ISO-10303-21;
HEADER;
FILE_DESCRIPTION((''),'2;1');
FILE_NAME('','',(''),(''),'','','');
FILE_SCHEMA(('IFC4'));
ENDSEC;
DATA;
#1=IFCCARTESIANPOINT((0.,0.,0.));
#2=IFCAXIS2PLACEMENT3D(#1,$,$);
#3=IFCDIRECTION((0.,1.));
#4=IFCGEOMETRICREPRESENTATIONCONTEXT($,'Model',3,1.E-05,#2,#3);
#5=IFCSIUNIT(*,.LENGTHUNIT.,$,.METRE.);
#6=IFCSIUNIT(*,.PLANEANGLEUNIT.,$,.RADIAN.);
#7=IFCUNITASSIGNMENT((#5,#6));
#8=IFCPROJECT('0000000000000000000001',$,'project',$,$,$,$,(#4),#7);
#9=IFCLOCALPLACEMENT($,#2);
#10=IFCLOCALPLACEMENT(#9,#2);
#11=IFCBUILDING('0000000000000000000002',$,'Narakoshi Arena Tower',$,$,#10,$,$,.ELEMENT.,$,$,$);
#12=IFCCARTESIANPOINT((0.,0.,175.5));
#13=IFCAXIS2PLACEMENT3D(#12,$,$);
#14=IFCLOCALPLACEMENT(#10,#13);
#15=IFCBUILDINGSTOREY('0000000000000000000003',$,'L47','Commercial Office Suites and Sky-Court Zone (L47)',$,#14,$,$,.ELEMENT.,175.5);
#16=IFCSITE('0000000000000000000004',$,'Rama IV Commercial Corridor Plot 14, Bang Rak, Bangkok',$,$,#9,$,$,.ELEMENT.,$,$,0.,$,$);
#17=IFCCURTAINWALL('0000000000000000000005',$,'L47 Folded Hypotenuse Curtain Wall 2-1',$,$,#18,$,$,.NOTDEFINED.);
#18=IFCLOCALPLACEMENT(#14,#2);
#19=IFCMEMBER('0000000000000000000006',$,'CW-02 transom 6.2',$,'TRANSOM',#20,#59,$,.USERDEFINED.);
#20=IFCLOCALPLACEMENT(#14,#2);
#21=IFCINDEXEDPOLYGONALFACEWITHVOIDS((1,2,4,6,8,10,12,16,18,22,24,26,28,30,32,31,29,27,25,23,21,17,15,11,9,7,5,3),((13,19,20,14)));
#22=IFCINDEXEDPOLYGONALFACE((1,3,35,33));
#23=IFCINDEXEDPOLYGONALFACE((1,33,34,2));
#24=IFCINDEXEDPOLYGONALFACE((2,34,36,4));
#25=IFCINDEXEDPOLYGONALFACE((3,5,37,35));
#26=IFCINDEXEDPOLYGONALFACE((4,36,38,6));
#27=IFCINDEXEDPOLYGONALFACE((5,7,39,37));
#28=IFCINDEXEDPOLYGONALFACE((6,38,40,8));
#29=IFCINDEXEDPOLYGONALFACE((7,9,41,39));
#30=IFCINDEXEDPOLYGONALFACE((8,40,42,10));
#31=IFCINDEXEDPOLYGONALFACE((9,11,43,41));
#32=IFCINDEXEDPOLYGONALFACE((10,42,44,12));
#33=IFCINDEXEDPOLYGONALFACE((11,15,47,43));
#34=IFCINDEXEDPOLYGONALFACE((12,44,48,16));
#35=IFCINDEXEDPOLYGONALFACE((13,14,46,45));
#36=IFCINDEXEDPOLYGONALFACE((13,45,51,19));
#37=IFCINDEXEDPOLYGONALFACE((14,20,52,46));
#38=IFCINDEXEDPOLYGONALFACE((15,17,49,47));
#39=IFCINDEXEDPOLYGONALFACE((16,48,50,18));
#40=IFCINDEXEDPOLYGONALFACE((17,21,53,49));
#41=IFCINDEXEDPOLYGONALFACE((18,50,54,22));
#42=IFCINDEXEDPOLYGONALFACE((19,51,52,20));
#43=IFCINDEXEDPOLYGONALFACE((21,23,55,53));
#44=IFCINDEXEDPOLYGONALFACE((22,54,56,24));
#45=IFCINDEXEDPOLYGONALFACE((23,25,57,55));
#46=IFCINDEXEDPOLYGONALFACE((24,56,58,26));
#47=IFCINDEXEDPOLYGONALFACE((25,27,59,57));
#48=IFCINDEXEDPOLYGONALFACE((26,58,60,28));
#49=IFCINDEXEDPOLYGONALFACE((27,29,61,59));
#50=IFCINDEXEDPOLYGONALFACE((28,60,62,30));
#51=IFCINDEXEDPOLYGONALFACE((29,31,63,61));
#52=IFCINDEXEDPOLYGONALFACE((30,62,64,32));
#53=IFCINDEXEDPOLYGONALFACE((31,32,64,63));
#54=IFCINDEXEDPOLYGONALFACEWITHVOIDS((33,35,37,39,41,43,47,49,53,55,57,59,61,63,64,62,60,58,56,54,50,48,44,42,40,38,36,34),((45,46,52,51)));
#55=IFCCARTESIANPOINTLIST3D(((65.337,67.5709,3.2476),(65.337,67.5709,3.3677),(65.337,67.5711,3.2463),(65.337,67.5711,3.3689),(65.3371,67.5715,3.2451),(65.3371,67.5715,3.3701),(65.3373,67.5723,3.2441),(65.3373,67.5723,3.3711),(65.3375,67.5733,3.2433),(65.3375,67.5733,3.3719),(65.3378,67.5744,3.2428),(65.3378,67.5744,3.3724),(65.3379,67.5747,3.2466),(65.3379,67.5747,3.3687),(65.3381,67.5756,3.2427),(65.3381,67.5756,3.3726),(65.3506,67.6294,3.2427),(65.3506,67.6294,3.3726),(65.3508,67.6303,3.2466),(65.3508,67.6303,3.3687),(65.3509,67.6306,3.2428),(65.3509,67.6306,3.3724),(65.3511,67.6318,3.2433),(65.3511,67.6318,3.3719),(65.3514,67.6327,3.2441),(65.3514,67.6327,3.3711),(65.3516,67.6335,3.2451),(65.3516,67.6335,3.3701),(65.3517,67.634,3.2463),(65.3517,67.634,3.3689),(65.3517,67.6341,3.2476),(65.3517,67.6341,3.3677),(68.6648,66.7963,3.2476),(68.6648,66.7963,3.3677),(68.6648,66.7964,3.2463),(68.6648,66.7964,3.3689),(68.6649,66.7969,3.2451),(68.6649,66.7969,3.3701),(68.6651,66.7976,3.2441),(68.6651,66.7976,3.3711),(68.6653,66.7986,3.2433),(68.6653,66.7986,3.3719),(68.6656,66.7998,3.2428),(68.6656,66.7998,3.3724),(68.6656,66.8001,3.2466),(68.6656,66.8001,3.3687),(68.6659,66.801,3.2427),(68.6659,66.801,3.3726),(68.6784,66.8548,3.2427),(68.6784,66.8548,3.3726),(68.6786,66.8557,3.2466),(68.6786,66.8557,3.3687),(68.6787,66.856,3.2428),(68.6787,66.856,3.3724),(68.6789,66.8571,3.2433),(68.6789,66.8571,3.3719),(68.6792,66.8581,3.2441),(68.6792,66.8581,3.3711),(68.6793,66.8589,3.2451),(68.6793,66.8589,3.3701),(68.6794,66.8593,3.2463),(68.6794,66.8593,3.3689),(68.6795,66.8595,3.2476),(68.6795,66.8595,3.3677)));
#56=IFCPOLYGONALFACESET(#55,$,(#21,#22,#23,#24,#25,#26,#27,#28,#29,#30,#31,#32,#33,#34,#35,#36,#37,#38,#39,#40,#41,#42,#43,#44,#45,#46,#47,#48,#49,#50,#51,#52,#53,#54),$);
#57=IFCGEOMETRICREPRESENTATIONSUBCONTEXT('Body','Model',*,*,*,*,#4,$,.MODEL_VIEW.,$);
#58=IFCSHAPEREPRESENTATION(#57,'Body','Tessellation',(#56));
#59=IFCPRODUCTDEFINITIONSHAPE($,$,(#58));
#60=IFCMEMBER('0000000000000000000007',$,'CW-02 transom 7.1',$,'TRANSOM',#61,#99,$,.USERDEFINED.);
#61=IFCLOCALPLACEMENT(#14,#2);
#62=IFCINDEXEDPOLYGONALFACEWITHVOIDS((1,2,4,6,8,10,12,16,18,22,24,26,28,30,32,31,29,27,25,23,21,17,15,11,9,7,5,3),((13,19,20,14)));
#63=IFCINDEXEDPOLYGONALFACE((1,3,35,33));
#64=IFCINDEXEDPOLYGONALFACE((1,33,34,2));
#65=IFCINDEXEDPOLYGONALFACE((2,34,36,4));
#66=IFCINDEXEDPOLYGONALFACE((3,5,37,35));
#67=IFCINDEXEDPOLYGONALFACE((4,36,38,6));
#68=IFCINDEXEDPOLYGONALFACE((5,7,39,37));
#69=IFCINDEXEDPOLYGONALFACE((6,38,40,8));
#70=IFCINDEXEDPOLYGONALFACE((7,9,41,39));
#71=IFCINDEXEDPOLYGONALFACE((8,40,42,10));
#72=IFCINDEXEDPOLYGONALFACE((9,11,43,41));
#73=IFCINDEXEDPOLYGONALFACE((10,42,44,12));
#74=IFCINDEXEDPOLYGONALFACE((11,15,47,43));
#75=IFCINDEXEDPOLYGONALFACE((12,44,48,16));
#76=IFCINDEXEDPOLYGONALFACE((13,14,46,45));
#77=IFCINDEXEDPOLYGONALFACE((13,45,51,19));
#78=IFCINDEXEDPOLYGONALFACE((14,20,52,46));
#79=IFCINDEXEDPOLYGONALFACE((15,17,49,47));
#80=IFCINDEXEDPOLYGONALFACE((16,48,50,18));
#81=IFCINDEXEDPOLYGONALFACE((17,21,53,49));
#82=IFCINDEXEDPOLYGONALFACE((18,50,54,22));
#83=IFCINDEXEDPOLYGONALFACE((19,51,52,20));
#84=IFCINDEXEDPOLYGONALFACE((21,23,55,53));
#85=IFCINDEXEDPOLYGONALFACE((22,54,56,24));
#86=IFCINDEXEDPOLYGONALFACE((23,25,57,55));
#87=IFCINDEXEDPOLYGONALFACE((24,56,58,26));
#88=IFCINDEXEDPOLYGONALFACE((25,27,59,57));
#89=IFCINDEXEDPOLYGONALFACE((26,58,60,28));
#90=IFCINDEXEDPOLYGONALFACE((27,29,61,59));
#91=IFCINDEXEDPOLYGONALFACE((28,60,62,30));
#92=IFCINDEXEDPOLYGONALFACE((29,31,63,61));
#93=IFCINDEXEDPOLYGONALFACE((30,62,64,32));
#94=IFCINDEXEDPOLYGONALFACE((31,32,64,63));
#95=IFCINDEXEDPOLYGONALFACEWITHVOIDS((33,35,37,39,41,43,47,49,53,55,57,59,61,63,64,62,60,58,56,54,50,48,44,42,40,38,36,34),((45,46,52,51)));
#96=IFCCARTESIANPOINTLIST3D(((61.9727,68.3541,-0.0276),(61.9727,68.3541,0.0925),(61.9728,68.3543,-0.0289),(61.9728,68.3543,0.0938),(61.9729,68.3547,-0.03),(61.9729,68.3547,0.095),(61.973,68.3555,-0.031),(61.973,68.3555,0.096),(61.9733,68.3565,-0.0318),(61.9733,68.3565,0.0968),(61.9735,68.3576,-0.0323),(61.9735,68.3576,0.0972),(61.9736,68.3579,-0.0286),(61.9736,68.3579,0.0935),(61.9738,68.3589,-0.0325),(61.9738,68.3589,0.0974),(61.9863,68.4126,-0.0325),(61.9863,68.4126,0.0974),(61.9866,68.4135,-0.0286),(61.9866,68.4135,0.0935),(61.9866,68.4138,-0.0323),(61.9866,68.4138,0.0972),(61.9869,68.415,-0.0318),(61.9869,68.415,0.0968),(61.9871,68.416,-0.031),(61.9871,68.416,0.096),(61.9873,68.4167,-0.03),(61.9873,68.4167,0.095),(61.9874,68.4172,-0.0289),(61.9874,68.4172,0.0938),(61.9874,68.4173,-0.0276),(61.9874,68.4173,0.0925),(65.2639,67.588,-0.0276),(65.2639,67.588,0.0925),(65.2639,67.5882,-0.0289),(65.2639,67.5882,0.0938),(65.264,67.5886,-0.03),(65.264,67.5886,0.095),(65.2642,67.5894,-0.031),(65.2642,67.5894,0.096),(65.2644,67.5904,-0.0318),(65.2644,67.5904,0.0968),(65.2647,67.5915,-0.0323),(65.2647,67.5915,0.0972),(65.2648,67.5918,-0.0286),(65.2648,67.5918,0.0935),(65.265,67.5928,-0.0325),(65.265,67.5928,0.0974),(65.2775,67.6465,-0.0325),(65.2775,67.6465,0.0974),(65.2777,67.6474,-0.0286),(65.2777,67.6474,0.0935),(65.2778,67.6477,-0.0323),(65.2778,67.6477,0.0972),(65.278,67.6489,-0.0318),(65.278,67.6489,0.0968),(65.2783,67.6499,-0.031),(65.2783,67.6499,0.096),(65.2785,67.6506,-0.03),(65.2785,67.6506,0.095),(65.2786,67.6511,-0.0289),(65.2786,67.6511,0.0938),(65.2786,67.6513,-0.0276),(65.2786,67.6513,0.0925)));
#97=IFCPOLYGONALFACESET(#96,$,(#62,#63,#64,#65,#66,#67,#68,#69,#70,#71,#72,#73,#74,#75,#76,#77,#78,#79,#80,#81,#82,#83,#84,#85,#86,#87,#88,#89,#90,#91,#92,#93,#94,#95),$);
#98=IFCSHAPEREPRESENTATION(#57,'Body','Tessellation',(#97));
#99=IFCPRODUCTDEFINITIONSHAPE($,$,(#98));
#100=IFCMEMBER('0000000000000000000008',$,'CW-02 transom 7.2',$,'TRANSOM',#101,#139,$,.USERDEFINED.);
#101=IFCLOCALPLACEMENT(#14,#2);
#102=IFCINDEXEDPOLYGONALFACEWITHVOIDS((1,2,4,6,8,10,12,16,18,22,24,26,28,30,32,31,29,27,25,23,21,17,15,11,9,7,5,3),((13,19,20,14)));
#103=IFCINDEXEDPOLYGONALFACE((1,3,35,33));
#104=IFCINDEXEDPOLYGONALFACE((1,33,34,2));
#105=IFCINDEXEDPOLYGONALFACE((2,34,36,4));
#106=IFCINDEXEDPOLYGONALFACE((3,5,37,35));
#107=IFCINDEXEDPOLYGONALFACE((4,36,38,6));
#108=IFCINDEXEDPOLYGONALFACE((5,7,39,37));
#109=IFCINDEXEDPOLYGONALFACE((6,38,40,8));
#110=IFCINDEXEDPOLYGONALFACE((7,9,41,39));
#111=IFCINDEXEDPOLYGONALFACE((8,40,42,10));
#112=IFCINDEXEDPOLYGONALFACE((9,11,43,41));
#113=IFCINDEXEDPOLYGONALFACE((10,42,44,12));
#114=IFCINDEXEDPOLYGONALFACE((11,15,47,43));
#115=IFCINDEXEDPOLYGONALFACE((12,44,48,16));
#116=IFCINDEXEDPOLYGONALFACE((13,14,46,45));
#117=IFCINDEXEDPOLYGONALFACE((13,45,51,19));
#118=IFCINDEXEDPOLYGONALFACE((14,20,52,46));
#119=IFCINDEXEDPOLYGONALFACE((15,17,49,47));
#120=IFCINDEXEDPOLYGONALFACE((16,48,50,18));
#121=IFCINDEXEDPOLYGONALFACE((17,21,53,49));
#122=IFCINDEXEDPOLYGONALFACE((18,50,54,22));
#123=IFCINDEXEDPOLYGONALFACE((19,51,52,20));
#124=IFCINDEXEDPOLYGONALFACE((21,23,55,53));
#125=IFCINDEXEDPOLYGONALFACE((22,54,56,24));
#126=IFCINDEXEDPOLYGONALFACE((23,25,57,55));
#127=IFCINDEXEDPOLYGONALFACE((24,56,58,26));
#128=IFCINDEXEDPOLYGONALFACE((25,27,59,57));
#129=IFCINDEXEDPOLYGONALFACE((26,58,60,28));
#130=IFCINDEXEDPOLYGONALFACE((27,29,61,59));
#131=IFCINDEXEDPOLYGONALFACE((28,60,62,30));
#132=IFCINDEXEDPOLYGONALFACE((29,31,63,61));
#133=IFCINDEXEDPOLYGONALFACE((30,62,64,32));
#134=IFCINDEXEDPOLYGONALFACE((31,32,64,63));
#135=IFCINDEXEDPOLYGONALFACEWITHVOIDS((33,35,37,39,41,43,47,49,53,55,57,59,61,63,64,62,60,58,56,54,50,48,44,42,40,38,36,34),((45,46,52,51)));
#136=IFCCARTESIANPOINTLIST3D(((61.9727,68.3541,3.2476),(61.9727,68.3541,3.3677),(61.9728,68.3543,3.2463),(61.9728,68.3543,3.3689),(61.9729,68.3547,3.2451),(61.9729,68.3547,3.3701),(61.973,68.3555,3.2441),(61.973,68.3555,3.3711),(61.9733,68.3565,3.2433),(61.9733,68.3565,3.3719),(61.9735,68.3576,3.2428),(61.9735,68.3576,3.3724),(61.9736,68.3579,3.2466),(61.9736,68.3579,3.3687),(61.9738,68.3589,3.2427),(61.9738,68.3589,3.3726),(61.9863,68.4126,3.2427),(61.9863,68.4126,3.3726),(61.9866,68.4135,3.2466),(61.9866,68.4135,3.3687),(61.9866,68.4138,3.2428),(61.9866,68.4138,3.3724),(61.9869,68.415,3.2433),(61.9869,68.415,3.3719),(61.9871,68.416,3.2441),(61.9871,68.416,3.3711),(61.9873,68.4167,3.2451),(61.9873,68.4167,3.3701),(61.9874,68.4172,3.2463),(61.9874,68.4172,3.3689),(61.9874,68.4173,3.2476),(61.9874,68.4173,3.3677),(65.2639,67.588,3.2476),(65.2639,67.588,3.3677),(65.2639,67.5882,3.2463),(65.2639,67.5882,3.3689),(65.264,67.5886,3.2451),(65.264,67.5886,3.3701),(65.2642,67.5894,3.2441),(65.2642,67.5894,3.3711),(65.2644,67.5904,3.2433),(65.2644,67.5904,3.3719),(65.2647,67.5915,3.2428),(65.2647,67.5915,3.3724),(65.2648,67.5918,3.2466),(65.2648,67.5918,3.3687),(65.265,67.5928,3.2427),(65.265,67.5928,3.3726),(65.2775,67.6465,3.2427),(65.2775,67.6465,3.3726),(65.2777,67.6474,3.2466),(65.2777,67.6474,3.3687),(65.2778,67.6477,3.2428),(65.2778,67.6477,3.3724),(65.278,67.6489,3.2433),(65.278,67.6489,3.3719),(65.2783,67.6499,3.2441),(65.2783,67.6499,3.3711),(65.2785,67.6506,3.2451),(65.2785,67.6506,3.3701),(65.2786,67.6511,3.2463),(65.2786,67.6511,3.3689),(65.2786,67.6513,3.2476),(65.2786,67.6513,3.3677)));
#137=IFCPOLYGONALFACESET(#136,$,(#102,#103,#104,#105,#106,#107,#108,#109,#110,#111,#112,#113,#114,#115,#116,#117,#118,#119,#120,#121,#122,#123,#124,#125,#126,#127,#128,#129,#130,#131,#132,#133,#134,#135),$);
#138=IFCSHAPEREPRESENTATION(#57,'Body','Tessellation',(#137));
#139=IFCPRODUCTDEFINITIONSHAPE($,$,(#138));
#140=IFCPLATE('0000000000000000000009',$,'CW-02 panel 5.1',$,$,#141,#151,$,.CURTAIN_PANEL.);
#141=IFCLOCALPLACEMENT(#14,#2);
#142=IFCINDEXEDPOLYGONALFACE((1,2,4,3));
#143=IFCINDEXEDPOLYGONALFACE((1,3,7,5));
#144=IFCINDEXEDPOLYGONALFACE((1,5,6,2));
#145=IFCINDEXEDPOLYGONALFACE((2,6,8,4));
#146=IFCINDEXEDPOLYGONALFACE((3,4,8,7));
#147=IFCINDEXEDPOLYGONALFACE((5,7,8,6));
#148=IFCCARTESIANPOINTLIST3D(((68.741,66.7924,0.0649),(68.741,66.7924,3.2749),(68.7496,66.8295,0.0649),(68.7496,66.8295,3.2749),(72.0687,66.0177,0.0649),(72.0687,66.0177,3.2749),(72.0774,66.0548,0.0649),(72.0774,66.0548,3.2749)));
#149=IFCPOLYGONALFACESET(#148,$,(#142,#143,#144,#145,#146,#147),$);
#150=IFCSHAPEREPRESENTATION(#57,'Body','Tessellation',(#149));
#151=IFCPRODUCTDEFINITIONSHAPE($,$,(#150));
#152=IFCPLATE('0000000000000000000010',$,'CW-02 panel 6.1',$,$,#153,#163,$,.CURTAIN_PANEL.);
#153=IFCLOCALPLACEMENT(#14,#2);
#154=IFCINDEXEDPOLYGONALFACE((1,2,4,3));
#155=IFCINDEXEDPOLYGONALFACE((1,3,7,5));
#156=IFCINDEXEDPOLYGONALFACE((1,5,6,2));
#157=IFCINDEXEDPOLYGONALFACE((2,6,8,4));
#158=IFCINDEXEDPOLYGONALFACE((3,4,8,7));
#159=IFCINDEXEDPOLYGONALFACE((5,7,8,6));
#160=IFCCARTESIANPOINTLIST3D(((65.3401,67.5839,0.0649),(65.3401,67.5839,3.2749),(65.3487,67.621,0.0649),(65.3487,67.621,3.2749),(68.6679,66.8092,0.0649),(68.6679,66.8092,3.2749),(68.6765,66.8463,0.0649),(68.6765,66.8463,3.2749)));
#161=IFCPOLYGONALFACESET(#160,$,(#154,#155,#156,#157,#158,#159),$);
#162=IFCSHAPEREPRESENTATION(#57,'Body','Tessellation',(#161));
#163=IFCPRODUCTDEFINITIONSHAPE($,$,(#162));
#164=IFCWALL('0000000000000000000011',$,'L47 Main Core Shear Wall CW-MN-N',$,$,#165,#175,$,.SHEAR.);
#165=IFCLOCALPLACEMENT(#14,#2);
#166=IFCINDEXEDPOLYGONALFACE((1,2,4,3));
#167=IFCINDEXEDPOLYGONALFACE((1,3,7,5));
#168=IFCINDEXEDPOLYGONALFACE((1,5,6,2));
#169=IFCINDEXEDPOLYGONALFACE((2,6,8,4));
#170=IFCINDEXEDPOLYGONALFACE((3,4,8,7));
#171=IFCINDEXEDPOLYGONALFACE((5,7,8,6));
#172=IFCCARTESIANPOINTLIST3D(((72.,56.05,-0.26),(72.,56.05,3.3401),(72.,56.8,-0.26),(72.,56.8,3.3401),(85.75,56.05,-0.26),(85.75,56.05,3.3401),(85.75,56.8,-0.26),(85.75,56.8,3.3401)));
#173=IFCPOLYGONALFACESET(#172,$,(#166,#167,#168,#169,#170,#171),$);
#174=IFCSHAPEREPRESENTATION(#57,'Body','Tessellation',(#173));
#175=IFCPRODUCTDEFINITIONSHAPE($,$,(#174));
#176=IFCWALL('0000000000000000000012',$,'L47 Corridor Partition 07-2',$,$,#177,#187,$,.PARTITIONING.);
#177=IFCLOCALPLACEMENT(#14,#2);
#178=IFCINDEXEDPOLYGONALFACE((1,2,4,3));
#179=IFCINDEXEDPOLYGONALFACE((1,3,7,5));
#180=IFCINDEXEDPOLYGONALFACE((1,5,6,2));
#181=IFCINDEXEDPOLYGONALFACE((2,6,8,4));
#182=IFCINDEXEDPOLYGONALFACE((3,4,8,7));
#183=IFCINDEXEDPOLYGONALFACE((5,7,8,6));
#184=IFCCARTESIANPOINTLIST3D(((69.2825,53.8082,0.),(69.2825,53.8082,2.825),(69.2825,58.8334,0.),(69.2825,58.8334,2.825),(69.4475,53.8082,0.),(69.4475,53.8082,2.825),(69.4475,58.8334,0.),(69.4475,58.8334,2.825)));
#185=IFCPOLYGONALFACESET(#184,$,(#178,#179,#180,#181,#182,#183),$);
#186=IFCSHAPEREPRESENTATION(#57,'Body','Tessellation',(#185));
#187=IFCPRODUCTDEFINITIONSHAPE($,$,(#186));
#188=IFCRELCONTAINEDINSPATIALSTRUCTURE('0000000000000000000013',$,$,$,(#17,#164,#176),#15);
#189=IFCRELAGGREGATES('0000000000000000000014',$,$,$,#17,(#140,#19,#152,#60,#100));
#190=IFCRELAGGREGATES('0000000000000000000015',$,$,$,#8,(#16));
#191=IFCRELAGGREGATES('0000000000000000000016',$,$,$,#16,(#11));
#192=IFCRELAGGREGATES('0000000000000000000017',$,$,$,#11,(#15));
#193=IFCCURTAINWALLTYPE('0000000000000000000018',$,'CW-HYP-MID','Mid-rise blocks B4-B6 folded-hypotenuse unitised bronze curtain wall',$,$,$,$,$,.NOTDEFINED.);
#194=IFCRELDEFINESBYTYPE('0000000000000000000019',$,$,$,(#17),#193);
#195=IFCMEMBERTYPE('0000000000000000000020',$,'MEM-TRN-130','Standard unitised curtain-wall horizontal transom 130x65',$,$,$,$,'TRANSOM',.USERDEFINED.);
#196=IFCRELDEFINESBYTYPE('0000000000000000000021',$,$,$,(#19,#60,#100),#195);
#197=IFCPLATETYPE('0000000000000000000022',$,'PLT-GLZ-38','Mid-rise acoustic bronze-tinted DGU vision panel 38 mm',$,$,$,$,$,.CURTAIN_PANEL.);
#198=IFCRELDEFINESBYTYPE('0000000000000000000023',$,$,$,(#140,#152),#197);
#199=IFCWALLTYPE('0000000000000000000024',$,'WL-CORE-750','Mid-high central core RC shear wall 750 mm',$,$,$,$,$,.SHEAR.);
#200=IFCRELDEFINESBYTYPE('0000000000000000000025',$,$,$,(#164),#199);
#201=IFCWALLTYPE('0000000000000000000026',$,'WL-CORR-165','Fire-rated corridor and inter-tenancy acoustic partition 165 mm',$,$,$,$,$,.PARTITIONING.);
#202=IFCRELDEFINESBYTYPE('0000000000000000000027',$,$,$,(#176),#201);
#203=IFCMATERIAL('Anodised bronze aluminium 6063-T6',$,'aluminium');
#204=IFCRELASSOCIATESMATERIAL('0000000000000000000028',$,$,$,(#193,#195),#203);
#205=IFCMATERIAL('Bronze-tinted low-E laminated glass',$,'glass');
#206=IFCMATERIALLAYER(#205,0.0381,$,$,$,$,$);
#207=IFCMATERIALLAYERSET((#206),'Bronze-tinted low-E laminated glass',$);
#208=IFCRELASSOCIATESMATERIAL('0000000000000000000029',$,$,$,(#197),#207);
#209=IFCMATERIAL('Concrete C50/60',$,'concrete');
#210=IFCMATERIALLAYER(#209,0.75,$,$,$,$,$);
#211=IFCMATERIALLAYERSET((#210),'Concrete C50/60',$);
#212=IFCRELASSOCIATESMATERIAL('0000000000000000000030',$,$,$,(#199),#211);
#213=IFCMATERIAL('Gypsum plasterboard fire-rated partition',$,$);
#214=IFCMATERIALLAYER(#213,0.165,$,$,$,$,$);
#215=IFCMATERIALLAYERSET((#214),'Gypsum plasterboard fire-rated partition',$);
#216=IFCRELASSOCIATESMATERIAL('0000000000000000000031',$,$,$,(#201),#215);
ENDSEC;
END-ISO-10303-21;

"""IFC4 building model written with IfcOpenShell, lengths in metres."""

from ifc_helpers import new_model, si_unit, direction, frame, frame_2d, origin, origin_2d, place, context, subcontext, project, spatial, rectangle, hollow_rectangle, extrude, material, layer, layer_set, material_profile, profile_set, type_object, element, aggregate, save


model = new_model("IFC4")

# Units and contexts
model_context = context("Model", 3, precision=1e-05, world=origin(), true_north=direction((0.0, 1.0)))
body_context = subcontext(model_context, "Body", "Model", "MODEL_VIEW")
ifc_project = project(units=[si_unit("LENGTHUNIT", "METRE"), si_unit("PLANEANGLEUNIT", "RADIAN")], contexts=[model_context])

# Site, building, storey
site_placement = place(None, origin())
site = spatial("IfcSite", under=ifc_project, at=site_placement, Name="Rama IV Commercial Corridor Plot 14, Bang Rak, Bangkok", CompositionType="ELEMENT", RefElevation=0.0)
building_placement = place(site_placement, origin())
building = spatial("IfcBuilding", under=site, at=building_placement, Name="Narakoshi Arena Tower", CompositionType="ELEMENT")
storey_placement = place(building_placement, frame((0.0, 0.0, 175.5)))
storey = spatial("IfcBuildingStorey", under=building, at=storey_placement, Name="L47", Description="Commercial Office Suites and Sky-Court Zone (L47)", CompositionType="ELEMENT", Elevation=175.5)

# Curtain wall, members, plates
ifc_material_1 = material(Name="Anodised bronze aluminium 6063-T6", Category="aluminium")
curtain_wall_type = type_object("IfcCurtainWallType", Name="CW-HYP-MID", Description="Mid-rise blocks B4-B6 folded-hypotenuse unitised bronze curtain wall", PredefinedType="NOTDEFINED", material=ifc_material_1)
curtain_wall_placement = place(storey_placement, origin())
curtain_wall = element("IfcCurtainWall", 1, at=curtain_wall_placement, inside=storey, type_object=curtain_wall_type, Name="L47 Folded Hypotenuse Curtain Wall 2-1", PredefinedType="NOTDEFINED")
ifc_material_profile_1 = material_profile(ifc_material_1, hollow_rectangle(XDim=0.0649, YDim=0.1299, WallThickness=0.0039, OuterFilletRadius=0.0049, at=origin_2d()), Name="TRN130x65x4")
ifc_profile_set_1 = profile_set([ifc_material_profile_1], Name="Anodised bronze aluminium 6063-T6")
member_type_1 = type_object("IfcMemberType", Name="MEM-TRN-130", Description="Standard unitised curtain-wall horizontal transom 130x65", ElementType="TRANSOM", PredefinedType="USERDEFINED", material=ifc_profile_set_1)
member_1_placement = place(storey_placement, frame((68.6721, 66.8279, 3.3076), z_axis=(-0.973961, 0.226717, 0.0), x_axis=(-0.226717, -0.973961, 0.0)))
member_1 = element("IfcMember", 2, at=member_1_placement, type_object=member_type_1, Name="CW-02 transom 6.2", ObjectType="TRANSOM", PredefinedType="USERDEFINED", context=body_context, shape_type="SweptSolid", body=[
    extrude(hollow_rectangle(XDim=0.0649, YDim=0.1299, WallThickness=0.0039, OuterFilletRadius=0.0049, at=origin_2d()), origin(), (0.0, 0.0, 1.0), 3.4167),
])
member_2_placement = place(storey_placement, frame((65.2712, 67.6196, 0.0325), z_axis=(-0.973962, 0.226711, 0.0), x_axis=(-0.226711, -0.973962, 0.0)))
member_2 = element("IfcMember", 3, at=member_2_placement, type_object=member_type_1, Name="CW-02 transom 7.1", ObjectType="TRANSOM", PredefinedType="USERDEFINED", context=body_context, shape_type="SweptSolid", body=[
    extrude(hollow_rectangle(XDim=0.0649, YDim=0.1299, WallThickness=0.0039, OuterFilletRadius=0.0049, at=origin_2d()), origin(), (0.0, 0.0, 1.0), 3.3792),
])
member_3_placement = place(storey_placement, frame((65.2712, 67.6196, 3.3076), z_axis=(-0.973962, 0.226711, 0.0), x_axis=(-0.226711, -0.973962, 0.0)))
member_3 = element("IfcMember", 4, at=member_3_placement, type_object=member_type_1, Name="CW-02 transom 7.2", ObjectType="TRANSOM", PredefinedType="USERDEFINED", context=body_context, shape_type="SweptSolid", body=[
    extrude(hollow_rectangle(XDim=0.0649, YDim=0.1299, WallThickness=0.0039, OuterFilletRadius=0.0049, at=origin_2d()), origin(), (0.0, 0.0, 1.0), 3.3792),
])
ifc_material_2 = material(Name="Bronze-tinted low-E laminated glass", Category="glass")
ifc_layer_1 = layer(ifc_material_2, 0.0381)
ifc_layer_set_1 = layer_set([ifc_layer_1], Name="Bronze-tinted low-E laminated glass")
plate_type = type_object("IfcPlateType", Name="PLT-GLZ-38", Description="Mid-rise acoustic bronze-tinted DGU vision panel 38 mm", PredefinedType="CURTAIN_PANEL", material=ifc_layer_set_1)
plate_1_placement = place(storey_placement, frame((70.4092, 66.4236, 0.0649), z_axis=(0.0, 0.0, 1.0), x_axis=(-0.97396, 0.226721, 0.0)))
plate_1 = element("IfcPlate", 5, at=plate_1_placement, type_object=plate_type, Name="CW-02 panel 5.1", PredefinedType="CURTAIN_PANEL", context=body_context, shape_type="SweptSolid", body=[
    extrude(rectangle(XDim=3.4167, YDim=0.0381, at=origin_2d()), origin(), (0.0, 0.0, 1.0), 3.21),
])
plate_2_placement = place(storey_placement, frame((67.0083, 67.2151, 0.0649), z_axis=(0.0, 0.0, 1.0), x_axis=(-0.97396, 0.226721, 0.0)))
plate_2 = element("IfcPlate", 6, at=plate_2_placement, type_object=plate_type, Name="CW-02 panel 6.1", PredefinedType="CURTAIN_PANEL", context=body_context, shape_type="SweptSolid", body=[
    extrude(rectangle(XDim=3.4167, YDim=0.0381, at=origin_2d()), origin(), (0.0, 0.0, 1.0), 3.21),
])
aggregate(curtain_wall, [plate_1, member_1, plate_2, member_2, member_3])

# Walls
ifc_material_3 = material(Name="Concrete C50/60", Category="concrete")
ifc_layer_2 = layer(ifc_material_3, 0.75)
ifc_layer_set_2 = layer_set([ifc_layer_2], Name="Concrete C50/60")
wall_type_1 = type_object("IfcWallType", Name="WL-CORE-750", Description="Mid-high central core RC shear wall 750 mm", PredefinedType="SHEAR", material=ifc_layer_set_2)
wall_1_placement = place(storey_placement, frame((72.0, 56.425, -0.26), z_axis=(0.0, 0.0, 1.0), x_axis=(1.0, 0.0, 0.0)))
element("IfcWall", 7, at=wall_1_placement, inside=storey, type_object=wall_type_1, Name="L47 Main Core Shear Wall CW-MN-N", PredefinedType="SHEAR", context=body_context, shape_type="SweptSolid", body=[
    extrude(rectangle(XDim=13.75, YDim=0.75, at=frame_2d((6.875, 0.0))), origin(), (0.0, 0.0, 1.0), 3.6001),
])
ifc_material_4 = material(Name="Gypsum plasterboard fire-rated partition")
ifc_layer_3 = layer(ifc_material_4, 0.165)
ifc_layer_set_3 = layer_set([ifc_layer_3], Name="Gypsum plasterboard fire-rated partition")
wall_type_2 = type_object("IfcWallType", Name="WL-CORR-165", Description="Fire-rated corridor and inter-tenancy acoustic partition 165 mm", PredefinedType="PARTITIONING", material=ifc_layer_set_3)
wall_2_placement = place(storey_placement, frame((69.365, 58.8335, 0.0), z_axis=(0.0, 0.0, 1.0), x_axis=(0.0, -1.0, 0.0)))
element("IfcWall", 8, at=wall_2_placement, inside=storey, type_object=wall_type_2, Name="L47 Corridor Partition 07-2", PredefinedType="PARTITIONING", context=body_context, shape_type="SweptSolid", body=[
    extrude(rectangle(XDim=5.0251, YDim=0.165, at=frame_2d((2.5127, 0.0))), origin(), (0.0, 0.0, 1.0), 2.825),
])

save(model, "model.ifc")
